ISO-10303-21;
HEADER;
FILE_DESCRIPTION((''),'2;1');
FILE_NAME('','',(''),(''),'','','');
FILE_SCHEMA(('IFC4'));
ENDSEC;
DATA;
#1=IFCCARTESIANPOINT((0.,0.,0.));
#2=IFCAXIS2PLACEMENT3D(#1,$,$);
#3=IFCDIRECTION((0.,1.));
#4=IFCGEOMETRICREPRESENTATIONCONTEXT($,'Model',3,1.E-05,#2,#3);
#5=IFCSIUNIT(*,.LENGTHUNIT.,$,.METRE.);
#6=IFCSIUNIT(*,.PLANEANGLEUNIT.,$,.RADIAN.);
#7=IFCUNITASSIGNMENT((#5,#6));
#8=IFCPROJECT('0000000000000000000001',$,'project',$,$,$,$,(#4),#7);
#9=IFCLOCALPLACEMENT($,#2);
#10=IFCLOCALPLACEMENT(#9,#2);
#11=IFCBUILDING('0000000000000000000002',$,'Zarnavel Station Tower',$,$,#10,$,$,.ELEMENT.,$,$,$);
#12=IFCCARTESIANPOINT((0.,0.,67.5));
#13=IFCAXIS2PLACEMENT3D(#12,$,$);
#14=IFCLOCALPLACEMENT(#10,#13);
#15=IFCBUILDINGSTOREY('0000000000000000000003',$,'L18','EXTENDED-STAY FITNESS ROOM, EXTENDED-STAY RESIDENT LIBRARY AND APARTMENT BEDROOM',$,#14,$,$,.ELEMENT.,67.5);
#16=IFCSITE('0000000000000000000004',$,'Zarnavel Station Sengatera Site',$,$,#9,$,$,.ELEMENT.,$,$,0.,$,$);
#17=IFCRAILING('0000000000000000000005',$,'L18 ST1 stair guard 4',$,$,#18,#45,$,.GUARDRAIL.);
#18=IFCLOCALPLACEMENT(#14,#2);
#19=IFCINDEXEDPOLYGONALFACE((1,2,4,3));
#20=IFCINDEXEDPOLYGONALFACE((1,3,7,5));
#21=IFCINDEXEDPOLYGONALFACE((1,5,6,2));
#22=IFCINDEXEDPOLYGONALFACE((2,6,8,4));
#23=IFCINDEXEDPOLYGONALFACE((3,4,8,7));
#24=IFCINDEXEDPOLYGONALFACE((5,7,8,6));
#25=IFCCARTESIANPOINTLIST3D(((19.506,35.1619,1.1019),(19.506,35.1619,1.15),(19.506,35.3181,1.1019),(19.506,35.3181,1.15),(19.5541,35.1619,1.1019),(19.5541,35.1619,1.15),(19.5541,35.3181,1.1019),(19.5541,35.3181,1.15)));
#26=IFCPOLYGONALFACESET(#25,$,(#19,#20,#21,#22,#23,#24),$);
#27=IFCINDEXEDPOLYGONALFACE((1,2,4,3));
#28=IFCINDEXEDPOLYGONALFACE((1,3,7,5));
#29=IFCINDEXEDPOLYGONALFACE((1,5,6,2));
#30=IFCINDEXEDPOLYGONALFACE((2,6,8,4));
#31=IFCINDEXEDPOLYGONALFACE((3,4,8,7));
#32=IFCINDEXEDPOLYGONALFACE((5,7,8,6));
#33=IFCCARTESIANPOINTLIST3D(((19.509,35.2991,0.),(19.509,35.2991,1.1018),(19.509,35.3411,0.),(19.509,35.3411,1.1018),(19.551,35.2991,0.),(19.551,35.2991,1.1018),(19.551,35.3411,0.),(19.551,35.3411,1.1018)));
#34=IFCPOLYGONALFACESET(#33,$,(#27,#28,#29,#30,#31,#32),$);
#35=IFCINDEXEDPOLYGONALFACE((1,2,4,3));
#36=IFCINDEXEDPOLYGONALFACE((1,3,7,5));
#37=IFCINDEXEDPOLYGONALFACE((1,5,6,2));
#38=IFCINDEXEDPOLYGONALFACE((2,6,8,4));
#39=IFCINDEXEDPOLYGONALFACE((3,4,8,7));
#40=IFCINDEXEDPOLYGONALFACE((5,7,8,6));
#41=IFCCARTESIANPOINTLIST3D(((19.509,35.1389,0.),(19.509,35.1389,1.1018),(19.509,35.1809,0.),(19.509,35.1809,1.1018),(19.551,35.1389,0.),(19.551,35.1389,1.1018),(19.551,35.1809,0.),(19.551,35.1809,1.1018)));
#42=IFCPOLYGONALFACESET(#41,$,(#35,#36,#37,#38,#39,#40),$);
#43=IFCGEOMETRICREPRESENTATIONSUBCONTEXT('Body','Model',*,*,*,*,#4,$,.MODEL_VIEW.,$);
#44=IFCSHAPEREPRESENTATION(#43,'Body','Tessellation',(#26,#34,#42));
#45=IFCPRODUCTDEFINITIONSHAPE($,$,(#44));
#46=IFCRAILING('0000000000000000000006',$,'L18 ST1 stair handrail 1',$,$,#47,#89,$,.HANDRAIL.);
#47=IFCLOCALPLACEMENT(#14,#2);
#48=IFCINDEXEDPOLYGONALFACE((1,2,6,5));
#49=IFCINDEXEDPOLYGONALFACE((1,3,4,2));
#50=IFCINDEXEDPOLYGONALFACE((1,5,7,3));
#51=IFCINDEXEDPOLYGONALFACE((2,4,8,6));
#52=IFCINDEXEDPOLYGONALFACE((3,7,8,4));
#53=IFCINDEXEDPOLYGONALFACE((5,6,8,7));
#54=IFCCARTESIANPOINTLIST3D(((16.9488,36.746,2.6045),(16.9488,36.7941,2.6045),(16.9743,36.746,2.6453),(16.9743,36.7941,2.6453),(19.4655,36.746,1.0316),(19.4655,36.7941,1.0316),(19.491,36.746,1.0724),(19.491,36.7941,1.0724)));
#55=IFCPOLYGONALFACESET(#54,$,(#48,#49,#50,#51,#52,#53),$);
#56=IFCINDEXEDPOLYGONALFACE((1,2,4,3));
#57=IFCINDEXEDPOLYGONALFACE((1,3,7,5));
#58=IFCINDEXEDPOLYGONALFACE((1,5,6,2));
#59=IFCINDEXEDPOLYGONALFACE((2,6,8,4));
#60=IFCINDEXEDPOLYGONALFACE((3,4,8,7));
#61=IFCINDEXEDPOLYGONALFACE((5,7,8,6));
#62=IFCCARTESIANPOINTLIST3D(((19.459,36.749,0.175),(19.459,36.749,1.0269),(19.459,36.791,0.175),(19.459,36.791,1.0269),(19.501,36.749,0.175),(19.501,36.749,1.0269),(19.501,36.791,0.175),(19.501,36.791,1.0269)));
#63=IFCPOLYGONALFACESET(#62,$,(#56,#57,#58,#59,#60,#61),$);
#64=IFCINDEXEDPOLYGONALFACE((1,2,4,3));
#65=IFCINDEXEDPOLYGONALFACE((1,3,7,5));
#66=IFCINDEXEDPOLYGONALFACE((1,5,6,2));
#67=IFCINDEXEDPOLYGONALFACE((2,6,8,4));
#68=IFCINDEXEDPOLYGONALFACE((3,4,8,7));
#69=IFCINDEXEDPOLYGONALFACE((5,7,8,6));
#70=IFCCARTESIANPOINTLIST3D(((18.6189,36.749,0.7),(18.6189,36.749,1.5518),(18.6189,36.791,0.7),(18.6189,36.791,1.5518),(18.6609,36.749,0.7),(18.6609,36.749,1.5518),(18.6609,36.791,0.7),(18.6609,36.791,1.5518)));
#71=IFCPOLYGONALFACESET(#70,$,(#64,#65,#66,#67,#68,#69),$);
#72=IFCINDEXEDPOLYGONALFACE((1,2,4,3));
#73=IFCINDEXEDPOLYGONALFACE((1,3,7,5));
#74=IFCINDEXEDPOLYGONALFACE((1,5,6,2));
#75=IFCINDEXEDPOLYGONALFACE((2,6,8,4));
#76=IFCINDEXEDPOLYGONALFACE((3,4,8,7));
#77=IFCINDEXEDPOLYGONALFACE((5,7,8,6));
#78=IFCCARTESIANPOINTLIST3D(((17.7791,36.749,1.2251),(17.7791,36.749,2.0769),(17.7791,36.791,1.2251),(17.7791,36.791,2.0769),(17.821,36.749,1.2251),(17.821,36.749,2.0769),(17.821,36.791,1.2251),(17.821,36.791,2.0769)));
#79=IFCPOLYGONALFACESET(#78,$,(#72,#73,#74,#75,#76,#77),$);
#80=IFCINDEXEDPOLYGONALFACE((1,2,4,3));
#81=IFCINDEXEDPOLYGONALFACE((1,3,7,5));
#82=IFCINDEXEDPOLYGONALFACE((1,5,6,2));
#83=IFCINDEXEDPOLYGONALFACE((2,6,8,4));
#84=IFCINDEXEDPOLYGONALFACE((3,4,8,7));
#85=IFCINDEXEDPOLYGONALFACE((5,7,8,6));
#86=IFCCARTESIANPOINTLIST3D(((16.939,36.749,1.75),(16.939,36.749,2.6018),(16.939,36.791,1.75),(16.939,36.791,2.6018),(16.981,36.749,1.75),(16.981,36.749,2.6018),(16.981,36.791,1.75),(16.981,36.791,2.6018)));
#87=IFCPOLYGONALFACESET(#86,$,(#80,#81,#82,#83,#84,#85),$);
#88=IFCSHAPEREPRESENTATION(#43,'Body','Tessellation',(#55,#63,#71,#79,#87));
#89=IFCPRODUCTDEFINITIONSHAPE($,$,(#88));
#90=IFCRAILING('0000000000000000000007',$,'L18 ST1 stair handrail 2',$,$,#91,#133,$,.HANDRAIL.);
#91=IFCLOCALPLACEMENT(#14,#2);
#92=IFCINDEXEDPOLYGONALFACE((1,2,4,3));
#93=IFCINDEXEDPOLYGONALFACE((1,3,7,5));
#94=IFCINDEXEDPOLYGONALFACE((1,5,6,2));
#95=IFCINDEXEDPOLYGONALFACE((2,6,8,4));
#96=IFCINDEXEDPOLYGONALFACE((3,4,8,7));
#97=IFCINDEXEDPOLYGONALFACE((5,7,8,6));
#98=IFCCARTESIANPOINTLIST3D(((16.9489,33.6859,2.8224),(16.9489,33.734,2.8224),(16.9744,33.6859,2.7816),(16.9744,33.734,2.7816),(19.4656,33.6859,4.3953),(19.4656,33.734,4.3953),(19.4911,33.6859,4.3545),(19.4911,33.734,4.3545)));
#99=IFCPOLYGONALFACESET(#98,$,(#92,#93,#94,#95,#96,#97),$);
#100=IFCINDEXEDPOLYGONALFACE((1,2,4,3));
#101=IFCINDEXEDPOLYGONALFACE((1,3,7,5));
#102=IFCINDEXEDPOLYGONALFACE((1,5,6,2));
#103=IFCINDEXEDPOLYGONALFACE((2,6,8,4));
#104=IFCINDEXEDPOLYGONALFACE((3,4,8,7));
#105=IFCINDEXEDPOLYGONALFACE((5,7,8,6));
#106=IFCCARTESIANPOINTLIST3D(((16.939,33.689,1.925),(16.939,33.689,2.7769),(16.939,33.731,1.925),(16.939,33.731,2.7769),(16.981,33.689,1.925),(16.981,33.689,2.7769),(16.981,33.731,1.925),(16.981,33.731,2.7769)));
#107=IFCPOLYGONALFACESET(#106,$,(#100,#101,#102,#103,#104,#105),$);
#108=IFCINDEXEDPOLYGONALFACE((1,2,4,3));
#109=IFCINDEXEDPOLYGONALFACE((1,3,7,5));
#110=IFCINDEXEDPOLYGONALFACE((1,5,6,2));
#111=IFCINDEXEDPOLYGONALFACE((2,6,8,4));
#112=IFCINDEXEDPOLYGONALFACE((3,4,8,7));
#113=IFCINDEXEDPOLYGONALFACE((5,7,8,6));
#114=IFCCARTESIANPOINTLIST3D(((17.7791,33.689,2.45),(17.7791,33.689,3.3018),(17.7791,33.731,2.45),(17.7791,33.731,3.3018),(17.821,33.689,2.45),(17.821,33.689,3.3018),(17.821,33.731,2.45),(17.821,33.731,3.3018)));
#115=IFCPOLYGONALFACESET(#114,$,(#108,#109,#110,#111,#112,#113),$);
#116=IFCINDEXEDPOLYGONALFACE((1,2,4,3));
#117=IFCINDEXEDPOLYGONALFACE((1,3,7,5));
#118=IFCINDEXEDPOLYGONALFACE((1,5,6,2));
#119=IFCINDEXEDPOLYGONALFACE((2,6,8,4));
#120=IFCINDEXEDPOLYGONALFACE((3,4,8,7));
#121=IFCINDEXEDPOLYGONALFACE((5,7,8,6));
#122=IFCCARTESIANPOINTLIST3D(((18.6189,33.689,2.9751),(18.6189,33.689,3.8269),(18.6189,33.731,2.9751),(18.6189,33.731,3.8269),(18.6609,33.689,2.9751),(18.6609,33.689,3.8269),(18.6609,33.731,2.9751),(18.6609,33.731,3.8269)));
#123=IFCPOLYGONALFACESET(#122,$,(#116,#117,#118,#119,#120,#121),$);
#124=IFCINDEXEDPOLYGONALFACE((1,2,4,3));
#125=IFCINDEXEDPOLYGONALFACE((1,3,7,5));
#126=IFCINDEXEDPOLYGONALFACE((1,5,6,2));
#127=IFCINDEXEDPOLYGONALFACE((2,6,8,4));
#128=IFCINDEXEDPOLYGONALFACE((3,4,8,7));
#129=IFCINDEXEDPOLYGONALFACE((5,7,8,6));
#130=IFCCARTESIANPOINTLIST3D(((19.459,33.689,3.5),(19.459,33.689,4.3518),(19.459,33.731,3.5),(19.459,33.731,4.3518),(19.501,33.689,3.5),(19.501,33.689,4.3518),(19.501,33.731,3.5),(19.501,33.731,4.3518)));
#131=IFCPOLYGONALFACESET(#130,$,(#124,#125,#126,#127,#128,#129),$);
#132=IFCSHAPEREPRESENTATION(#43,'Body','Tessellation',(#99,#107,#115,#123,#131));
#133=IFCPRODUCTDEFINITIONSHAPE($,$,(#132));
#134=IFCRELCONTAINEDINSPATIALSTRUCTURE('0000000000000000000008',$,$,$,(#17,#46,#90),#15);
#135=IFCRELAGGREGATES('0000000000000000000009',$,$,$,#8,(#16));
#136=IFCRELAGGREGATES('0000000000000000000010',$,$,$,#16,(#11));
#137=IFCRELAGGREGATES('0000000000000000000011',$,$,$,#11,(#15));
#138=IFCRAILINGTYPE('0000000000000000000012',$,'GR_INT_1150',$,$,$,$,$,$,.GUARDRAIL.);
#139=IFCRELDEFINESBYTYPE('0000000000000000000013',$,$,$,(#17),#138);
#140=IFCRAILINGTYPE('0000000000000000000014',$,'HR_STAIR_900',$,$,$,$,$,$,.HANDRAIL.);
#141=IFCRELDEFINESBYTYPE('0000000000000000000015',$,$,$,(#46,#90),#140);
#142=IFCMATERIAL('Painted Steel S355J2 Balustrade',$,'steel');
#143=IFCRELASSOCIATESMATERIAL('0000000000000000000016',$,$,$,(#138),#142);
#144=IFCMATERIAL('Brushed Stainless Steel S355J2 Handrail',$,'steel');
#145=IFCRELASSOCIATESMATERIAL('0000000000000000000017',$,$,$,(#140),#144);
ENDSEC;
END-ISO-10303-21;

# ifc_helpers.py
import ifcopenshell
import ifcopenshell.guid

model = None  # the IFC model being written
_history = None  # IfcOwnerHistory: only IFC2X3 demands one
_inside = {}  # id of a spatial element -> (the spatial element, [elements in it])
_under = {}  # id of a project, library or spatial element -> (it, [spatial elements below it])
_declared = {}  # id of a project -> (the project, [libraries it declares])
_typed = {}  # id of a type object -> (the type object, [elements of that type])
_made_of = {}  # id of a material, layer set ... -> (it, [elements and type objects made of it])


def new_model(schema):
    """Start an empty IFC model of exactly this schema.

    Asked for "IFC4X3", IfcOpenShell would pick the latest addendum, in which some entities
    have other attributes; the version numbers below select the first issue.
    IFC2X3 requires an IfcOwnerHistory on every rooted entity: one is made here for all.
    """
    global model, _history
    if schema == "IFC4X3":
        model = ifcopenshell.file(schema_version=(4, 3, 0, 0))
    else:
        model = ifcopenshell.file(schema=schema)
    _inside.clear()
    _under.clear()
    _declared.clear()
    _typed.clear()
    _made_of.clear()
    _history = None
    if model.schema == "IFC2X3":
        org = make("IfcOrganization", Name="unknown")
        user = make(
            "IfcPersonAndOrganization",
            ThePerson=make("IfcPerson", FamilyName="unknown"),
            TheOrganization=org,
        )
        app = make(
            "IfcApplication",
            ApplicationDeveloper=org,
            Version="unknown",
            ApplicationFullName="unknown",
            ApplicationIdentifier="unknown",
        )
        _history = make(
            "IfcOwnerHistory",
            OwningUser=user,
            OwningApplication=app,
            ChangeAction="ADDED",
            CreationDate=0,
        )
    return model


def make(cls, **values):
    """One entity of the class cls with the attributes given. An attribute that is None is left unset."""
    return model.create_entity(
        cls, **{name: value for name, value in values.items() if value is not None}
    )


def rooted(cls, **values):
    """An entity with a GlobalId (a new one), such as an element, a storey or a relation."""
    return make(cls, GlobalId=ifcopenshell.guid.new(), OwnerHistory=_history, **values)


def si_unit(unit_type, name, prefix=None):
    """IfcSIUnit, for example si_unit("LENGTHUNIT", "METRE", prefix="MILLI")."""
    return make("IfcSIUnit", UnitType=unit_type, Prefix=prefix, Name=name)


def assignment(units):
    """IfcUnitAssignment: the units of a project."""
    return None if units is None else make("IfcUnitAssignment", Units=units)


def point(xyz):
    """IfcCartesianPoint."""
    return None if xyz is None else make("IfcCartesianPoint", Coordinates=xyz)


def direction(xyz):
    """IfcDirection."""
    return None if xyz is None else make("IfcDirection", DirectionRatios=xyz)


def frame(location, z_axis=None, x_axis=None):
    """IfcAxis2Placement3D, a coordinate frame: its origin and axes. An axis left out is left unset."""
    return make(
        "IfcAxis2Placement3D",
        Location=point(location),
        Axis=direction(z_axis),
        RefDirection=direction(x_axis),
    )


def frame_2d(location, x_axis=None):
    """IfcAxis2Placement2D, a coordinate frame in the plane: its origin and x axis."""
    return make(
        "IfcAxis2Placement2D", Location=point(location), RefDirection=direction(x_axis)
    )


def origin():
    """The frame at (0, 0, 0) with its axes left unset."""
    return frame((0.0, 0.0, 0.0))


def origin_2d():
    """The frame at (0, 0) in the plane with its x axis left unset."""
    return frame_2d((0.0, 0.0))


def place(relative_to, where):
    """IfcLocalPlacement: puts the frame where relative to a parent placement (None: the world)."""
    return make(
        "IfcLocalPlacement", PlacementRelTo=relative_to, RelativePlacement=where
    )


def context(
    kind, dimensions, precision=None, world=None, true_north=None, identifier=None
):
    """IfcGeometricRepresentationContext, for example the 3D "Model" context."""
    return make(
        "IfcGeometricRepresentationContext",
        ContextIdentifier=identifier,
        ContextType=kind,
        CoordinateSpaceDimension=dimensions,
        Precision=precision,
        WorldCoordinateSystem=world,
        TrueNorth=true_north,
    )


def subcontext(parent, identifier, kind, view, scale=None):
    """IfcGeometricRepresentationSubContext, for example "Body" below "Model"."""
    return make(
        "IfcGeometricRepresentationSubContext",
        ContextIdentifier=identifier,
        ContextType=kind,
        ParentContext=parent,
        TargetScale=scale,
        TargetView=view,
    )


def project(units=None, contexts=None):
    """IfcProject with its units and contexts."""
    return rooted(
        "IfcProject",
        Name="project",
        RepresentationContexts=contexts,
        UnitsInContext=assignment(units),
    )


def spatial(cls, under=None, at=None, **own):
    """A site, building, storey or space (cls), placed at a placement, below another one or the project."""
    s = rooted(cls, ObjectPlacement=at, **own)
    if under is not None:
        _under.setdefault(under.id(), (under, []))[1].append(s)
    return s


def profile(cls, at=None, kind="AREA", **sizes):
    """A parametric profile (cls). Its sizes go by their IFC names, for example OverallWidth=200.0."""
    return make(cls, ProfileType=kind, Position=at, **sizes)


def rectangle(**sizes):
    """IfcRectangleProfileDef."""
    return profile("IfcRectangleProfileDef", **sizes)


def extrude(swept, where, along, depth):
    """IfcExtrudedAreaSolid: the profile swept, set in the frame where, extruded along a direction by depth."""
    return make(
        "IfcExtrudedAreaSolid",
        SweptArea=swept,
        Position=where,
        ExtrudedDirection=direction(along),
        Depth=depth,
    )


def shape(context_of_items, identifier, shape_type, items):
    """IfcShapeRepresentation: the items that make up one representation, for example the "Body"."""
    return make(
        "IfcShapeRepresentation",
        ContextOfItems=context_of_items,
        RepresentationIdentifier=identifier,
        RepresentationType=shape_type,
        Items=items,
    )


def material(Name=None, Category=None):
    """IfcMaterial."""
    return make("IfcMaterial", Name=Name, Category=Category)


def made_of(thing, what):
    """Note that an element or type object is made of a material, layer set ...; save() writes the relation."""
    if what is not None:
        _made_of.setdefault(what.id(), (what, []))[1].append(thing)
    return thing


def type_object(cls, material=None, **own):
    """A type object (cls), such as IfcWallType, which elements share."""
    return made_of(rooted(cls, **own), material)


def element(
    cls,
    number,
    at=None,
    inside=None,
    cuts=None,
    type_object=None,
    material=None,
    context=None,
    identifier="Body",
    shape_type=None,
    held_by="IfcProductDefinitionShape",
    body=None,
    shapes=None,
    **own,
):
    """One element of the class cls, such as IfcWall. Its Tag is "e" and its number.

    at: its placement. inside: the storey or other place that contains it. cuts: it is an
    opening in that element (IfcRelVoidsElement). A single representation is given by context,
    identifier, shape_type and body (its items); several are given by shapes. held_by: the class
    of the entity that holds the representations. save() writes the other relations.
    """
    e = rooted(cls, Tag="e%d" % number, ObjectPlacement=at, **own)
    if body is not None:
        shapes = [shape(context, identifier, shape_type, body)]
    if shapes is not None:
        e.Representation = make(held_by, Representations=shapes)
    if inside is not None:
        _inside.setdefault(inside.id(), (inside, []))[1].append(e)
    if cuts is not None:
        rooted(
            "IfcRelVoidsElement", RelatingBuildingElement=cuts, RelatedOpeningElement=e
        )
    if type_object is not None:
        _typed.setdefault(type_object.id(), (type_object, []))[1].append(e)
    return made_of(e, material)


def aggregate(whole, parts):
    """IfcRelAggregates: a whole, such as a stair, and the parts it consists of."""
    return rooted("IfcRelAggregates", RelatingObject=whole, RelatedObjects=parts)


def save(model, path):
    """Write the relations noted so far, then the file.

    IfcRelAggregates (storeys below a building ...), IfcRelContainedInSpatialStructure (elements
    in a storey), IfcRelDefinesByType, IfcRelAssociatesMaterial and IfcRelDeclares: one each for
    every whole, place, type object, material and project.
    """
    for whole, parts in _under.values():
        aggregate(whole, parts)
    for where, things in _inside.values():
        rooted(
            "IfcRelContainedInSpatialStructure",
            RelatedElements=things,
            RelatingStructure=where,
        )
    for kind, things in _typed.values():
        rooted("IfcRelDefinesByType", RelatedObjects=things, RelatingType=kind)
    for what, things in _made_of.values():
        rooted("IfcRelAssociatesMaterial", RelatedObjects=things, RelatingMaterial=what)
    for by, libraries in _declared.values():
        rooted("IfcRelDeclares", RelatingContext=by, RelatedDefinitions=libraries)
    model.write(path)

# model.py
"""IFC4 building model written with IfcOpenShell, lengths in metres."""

from ifc_helpers import new_model, si_unit, direction, frame, origin, origin_2d, place, context, subcontext, project, spatial, rectangle, extrude, material, type_object, element, save


model = new_model("IFC4")

# Units and contexts
model_context = context("Model", 3, precision=1e-05, world=origin(), true_north=direction((0.0, 1.0)))
body_context = subcontext(model_context, "Body", "Model", "MODEL_VIEW")
ifc_project = project(units=[si_unit("LENGTHUNIT", "METRE"), si_unit("PLANEANGLEUNIT", "RADIAN")], contexts=[model_context])

# Site, building, storey
site_placement = place(None, origin())
site = spatial("IfcSite", under=ifc_project, at=site_placement, Name="Zarnavel Station Sengatera Site", CompositionType="ELEMENT", RefElevation=0.0)
building_placement = place(site_placement, origin())
building = spatial("IfcBuilding", under=site, at=building_placement, Name="Zarnavel Station Tower", CompositionType="ELEMENT")
storey_placement = place(building_placement, frame((0.0, 0.0, 67.5)))
storey = spatial("IfcBuildingStorey", under=building, at=storey_placement, Name="L18", Description="EXTENDED-STAY FITNESS ROOM, EXTENDED-STAY RESIDENT LIBRARY AND APARTMENT BEDROOM", CompositionType="ELEMENT", Elevation=67.5)

# Railings
ifc_material_1 = material(Name="Painted Steel S355J2 Balustrade", Category="steel")
railing_type_1 = type_object("IfcRailingType", Name="GR_INT_1150", PredefinedType="GUARDRAIL", material=ifc_material_1)
railing_1_placement = place(storey_placement, frame((19.53, 35.3201, 0.0)))
element("IfcRailing", 1, at=railing_1_placement, inside=storey, type_object=railing_type_1, Name="L18 ST1 stair guard 4", PredefinedType="GUARDRAIL", context=body_context, shape_type="SweptSolid", body=[
    extrude(rectangle(XDim=0.0481, YDim=0.0481, at=origin_2d()), frame((0.0, -0.002, 1.126), z_axis=(0.0, -1.0, 0.0), x_axis=(1.0, 0.0, 0.0)), (0.0, 0.0, 1.0), 0.1562),
    extrude(rectangle(XDim=0.042, YDim=0.042, at=origin_2d()), origin(), (0.0, 0.0, 1.0), 1.1018),
    extrude(rectangle(XDim=0.042, YDim=0.042, at=origin_2d()), frame((0.0, -0.1602, 0.0)), (0.0, 0.0, 1.0), 1.1018),
])
ifc_material_2 = material(Name="Brushed Stainless Steel S355J2 Handrail", Category="steel")
railing_type_2 = type_object("IfcRailingType", Name="HR_STAIR_900", PredefinedType="HANDRAIL", material=ifc_material_2)
railing_2_placement = place(storey_placement, frame((19.48, 36.77, 0.175)))
element("IfcRailing", 2, at=railing_2_placement, inside=storey, type_object=railing_type_2, Name="L18 ST1 stair handrail 1", PredefinedType="HANDRAIL", context=body_context, shape_type="SweptSolid", body=[
    extrude(rectangle(XDim=0.0481, YDim=0.0481, at=origin_2d()), frame((-0.0017, 0.0, 0.877), z_axis=(-0.848008, 0.0, 0.529984), x_axis=(0.0, -1.0, 0.0)), (0.0, 0.0, 1.0), 2.9678),
    extrude(rectangle(XDim=0.042, YDim=0.042, at=origin_2d()), origin(), (0.0, 0.0, 1.0), 0.8518),
    extrude(rectangle(XDim=0.042, YDim=0.042, at=origin_2d()), frame((-0.8401, 0.0, 0.5249)), (0.0, 0.0, 1.0), 0.8518),
    extrude(rectangle(XDim=0.042, YDim=0.042, at=origin_2d()), frame((-1.6799, 0.0, 1.05)), (0.0, 0.0, 1.0), 0.8518),
    extrude(rectangle(XDim=0.042, YDim=0.042, at=origin_2d()), frame((-2.52, 0.0, 1.575)), (0.0, 0.0, 1.0), 0.8518),
])
railing_3_placement = place(storey_placement, frame((16.96, 33.71, 1.925)))
element("IfcRailing", 3, at=railing_3_placement, inside=storey, type_object=railing_type_2, Name="L18 ST1 stair handrail 2", PredefinedType="HANDRAIL", context=body_context, shape_type="SweptSolid", body=[
    extrude(rectangle(XDim=0.0481, YDim=0.0481, at=origin_2d()), frame((0.0017, 0.0, 0.877), z_axis=(0.848008, 0.0, 0.529984), x_axis=(0.0, 1.0, 0.0)), (0.0, 0.0, 1.0), 2.9678),
    extrude(rectangle(XDim=0.042, YDim=0.042, at=origin_2d()), origin(), (0.0, 0.0, 1.0), 0.8518),
    extrude(rectangle(XDim=0.042, YDim=0.042, at=origin_2d()), frame((0.8401, 0.0, 0.5249)), (0.0, 0.0, 1.0), 0.8518),
    extrude(rectangle(XDim=0.042, YDim=0.042, at=origin_2d()), frame((1.6799, 0.0, 1.05)), (0.0, 0.0, 1.0), 0.8518),
    extrude(rectangle(XDim=0.042, YDim=0.042, at=origin_2d()), frame((2.52, 0.0, 1.575)), (0.0, 0.0, 1.0), 0.8518),
])

save(model, "model.ifc")
